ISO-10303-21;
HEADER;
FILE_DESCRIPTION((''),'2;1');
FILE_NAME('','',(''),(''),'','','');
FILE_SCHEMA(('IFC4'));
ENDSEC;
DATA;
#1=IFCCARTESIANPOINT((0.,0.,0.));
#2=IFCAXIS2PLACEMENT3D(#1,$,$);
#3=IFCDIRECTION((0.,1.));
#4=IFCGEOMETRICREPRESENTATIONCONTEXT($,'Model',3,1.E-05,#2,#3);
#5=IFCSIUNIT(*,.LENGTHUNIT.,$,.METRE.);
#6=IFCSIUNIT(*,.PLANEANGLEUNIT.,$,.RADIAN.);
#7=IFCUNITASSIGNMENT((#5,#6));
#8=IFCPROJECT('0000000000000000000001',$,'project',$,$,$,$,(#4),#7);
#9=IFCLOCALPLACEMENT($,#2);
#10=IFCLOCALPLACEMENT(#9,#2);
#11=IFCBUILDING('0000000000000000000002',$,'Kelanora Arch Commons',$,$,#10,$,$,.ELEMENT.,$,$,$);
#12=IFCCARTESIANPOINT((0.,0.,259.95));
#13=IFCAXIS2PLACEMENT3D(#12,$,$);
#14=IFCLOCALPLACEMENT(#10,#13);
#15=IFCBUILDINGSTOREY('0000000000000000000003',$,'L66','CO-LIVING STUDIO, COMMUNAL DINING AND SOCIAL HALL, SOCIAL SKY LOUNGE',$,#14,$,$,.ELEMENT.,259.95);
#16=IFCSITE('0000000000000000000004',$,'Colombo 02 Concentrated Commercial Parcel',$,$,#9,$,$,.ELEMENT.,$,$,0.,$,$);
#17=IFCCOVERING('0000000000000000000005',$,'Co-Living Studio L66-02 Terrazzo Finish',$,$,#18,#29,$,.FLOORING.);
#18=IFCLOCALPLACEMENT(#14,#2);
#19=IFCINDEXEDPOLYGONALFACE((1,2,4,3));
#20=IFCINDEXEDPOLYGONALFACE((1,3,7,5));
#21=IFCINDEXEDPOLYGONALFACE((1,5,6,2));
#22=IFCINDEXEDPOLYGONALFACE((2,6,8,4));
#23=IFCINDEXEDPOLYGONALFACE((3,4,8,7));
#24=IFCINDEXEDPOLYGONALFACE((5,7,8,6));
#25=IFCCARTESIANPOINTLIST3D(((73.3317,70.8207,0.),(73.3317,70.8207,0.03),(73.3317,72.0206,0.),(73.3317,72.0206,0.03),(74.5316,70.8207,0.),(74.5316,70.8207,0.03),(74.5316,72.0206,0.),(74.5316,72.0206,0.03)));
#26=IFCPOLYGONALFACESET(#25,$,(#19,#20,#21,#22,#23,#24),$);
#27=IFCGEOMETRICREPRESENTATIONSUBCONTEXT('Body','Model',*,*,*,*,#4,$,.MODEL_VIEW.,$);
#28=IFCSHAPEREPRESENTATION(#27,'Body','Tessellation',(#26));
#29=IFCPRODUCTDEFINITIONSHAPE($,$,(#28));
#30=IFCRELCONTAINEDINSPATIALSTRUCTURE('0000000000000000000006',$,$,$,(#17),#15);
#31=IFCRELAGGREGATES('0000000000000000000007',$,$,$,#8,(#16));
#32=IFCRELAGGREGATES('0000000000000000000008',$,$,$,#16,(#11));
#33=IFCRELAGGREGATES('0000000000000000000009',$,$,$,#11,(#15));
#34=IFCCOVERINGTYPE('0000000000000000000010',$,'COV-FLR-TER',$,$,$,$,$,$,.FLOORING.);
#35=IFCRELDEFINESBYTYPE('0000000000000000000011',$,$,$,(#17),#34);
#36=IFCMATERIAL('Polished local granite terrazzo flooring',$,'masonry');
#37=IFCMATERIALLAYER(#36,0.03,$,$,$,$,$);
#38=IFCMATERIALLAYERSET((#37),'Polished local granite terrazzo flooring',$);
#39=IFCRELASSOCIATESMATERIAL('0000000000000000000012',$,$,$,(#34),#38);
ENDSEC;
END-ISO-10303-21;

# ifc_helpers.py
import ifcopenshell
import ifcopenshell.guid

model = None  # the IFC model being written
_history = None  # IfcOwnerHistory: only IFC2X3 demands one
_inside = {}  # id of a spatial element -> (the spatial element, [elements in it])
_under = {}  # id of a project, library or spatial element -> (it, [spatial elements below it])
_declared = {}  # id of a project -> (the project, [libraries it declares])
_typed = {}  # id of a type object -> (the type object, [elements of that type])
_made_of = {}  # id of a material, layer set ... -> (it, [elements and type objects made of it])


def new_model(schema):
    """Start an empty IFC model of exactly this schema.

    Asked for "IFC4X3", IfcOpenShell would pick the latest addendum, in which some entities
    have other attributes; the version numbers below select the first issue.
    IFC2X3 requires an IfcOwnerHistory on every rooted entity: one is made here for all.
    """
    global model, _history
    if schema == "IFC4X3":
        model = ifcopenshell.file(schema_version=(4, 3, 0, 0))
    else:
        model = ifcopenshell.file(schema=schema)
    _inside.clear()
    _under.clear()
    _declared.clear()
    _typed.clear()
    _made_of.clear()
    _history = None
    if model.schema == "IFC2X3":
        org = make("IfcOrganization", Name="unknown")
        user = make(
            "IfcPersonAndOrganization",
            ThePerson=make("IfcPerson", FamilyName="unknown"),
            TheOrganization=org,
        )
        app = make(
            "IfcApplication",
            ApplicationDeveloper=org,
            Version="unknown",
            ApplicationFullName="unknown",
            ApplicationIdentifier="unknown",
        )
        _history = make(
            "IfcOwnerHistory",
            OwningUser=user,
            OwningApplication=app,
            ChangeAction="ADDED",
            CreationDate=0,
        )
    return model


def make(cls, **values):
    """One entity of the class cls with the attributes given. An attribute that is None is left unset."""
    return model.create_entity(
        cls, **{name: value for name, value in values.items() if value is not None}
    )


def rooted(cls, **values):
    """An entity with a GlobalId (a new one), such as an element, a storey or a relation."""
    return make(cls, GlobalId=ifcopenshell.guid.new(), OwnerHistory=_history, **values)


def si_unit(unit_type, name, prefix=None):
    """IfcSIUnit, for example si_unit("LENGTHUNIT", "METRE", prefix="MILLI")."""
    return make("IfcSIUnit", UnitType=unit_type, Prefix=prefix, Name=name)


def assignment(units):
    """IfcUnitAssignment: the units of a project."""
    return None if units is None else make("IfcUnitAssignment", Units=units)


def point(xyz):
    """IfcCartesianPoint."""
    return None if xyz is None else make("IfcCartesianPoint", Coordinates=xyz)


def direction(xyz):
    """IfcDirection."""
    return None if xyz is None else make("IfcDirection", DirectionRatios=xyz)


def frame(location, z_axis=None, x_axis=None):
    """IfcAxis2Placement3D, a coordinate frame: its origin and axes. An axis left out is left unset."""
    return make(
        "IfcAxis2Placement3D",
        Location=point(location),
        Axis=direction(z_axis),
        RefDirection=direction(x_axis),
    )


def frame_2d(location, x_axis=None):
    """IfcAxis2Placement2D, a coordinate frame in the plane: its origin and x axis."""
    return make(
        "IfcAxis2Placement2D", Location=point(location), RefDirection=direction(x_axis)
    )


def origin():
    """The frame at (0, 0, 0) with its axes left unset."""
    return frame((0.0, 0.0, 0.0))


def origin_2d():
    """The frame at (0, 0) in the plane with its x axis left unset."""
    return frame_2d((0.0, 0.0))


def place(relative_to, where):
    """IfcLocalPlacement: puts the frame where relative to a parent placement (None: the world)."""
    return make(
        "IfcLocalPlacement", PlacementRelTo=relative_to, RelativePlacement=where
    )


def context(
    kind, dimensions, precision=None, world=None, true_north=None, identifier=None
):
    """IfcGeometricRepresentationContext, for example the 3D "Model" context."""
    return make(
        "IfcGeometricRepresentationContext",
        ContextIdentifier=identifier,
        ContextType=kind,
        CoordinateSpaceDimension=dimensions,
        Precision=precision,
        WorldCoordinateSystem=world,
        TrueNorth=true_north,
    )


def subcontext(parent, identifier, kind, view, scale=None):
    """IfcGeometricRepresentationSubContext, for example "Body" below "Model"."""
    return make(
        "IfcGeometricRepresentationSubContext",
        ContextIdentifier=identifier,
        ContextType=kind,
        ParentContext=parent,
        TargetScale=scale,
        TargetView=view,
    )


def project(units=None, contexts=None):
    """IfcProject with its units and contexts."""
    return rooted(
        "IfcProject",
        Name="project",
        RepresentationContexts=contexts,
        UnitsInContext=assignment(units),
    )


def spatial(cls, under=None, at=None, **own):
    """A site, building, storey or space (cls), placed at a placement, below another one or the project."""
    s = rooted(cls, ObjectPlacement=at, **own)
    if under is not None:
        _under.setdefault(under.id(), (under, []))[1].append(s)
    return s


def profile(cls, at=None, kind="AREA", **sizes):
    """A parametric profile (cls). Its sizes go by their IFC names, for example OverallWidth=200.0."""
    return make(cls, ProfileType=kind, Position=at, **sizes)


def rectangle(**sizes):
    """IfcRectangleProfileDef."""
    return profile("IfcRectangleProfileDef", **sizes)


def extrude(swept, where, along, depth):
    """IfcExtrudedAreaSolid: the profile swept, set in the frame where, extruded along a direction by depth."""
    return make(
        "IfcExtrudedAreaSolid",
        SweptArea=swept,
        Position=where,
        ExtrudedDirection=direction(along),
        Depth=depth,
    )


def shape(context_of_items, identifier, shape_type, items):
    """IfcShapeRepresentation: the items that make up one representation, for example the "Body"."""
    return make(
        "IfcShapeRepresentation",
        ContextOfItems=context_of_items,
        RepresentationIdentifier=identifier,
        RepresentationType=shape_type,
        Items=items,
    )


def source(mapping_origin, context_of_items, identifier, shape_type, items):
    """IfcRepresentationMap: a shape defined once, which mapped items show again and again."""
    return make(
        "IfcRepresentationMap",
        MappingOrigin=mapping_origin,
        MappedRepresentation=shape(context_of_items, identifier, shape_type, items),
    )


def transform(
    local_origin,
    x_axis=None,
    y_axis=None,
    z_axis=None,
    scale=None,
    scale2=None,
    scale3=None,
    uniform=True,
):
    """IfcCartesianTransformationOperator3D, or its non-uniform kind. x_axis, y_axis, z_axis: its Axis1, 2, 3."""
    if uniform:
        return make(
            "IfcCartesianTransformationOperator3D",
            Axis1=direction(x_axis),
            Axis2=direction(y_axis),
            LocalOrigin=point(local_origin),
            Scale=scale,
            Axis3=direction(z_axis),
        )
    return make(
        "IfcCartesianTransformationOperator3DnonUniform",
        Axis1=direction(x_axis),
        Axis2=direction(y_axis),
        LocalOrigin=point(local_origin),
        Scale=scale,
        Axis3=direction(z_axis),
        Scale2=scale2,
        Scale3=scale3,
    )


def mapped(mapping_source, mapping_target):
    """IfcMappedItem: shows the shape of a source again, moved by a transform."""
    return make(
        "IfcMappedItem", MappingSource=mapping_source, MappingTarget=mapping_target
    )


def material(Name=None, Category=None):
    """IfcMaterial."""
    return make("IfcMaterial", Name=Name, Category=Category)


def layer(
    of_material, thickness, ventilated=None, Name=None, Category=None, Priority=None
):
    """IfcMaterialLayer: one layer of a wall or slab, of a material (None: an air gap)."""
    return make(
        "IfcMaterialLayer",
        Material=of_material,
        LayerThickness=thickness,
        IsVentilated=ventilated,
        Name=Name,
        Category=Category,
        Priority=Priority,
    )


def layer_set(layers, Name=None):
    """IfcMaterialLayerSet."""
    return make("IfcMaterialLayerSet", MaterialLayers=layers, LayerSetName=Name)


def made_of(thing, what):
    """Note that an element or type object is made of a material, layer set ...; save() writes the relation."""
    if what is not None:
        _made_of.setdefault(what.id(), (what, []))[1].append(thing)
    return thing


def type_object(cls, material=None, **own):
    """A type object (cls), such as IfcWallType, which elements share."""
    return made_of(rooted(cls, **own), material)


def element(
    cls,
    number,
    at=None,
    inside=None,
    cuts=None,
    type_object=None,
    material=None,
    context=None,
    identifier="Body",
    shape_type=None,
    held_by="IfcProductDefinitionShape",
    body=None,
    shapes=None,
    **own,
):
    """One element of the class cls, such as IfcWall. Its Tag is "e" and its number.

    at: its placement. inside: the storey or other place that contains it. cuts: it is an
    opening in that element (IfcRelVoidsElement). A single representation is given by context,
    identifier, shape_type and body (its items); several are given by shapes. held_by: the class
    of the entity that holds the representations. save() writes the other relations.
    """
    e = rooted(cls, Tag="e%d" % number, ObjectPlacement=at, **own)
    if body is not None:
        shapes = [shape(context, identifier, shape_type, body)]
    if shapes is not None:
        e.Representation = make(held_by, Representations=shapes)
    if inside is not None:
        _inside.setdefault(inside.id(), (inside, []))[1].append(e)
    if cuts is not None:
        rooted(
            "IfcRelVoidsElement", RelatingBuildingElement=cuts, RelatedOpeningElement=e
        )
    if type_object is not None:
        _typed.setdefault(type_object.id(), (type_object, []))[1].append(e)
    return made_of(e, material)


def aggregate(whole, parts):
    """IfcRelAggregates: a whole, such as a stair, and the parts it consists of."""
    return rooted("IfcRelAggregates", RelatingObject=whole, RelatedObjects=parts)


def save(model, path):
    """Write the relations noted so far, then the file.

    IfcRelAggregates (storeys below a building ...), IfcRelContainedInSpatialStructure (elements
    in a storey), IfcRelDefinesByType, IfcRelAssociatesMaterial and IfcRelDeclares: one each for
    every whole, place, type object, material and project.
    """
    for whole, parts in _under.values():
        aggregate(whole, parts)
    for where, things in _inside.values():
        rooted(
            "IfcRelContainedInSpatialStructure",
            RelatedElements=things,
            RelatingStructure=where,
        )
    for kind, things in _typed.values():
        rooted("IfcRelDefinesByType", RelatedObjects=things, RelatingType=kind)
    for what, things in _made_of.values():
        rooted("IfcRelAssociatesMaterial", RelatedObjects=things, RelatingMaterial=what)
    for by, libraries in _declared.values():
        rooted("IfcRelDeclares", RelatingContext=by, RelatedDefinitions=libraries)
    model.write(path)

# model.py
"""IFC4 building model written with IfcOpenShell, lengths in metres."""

from ifc_helpers import new_model, si_unit, direction, frame, origin, origin_2d, place, context, subcontext, project, spatial, rectangle, extrude, source, transform, mapped, material, layer, layer_set, type_object, element, save


model = new_model("IFC4")

# Units and contexts
model_context = context("Model", 3, precision=1e-05, world=origin(), true_north=direction((0.0, 1.0)))
body_context = subcontext(model_context, "Body", "Model", "MODEL_VIEW")
ifc_project = project(units=[si_unit("LENGTHUNIT", "METRE"), si_unit("PLANEANGLEUNIT", "RADIAN")], contexts=[model_context])

# Site, building, storey
site_placement = place(None, origin())
site = spatial("IfcSite", under=ifc_project, at=site_placement, Name="Colombo 02 Concentrated Commercial Parcel", CompositionType="ELEMENT", RefElevation=0.0)
building_placement = place(site_placement, origin())
building = spatial("IfcBuilding", under=site, at=building_placement, Name="Kelanora Arch Commons", CompositionType="ELEMENT")
storey_placement = place(building_placement, frame((0.0, 0.0, 259.95)))
storey = spatial("IfcBuildingStorey", under=building, at=storey_placement, Name="L66", Description="CO-LIVING STUDIO, COMMUNAL DINING AND SOCIAL HALL, SOCIAL SKY LOUNGE", CompositionType="ELEMENT", Elevation=259.95)

# Covering
ifc_material_1 = material(Name="Polished local granite terrazzo flooring", Category="masonry")
ifc_layer_1 = layer(ifc_material_1, 0.03)
ifc_layer_set_1 = layer_set([ifc_layer_1], Name="Polished local granite terrazzo flooring")
covering_type = type_object("IfcCoveringType", Name="COV-FLR-TER", PredefinedType="FLOORING", material=ifc_layer_set_1)
shared_shape_1 = source(origin(), body_context, "Body", "SweptSolid", [
    extrude(rectangle(XDim=1.2, YDim=1.2, at=origin_2d()), origin(), (0.0, 0.0, 1.0), 0.03),
])
covering_placement = place(storey_placement, frame((73.9316, 71.4207, 0.0), z_axis=(0.0, 0.0, 1.0), x_axis=(1.0, 0.0, 0.0)))
element("IfcCovering", 1, at=covering_placement, inside=storey, type_object=covering_type, Name="Co-Living Studio L66-02 Terrazzo Finish", PredefinedType="FLOORING", context=body_context, shape_type="MappedRepresentation", body=[
    mapped(shared_shape_1, transform((0.0, 0.0, 0.0), scale=1.0)),
])

save(model, "model.ifc")
